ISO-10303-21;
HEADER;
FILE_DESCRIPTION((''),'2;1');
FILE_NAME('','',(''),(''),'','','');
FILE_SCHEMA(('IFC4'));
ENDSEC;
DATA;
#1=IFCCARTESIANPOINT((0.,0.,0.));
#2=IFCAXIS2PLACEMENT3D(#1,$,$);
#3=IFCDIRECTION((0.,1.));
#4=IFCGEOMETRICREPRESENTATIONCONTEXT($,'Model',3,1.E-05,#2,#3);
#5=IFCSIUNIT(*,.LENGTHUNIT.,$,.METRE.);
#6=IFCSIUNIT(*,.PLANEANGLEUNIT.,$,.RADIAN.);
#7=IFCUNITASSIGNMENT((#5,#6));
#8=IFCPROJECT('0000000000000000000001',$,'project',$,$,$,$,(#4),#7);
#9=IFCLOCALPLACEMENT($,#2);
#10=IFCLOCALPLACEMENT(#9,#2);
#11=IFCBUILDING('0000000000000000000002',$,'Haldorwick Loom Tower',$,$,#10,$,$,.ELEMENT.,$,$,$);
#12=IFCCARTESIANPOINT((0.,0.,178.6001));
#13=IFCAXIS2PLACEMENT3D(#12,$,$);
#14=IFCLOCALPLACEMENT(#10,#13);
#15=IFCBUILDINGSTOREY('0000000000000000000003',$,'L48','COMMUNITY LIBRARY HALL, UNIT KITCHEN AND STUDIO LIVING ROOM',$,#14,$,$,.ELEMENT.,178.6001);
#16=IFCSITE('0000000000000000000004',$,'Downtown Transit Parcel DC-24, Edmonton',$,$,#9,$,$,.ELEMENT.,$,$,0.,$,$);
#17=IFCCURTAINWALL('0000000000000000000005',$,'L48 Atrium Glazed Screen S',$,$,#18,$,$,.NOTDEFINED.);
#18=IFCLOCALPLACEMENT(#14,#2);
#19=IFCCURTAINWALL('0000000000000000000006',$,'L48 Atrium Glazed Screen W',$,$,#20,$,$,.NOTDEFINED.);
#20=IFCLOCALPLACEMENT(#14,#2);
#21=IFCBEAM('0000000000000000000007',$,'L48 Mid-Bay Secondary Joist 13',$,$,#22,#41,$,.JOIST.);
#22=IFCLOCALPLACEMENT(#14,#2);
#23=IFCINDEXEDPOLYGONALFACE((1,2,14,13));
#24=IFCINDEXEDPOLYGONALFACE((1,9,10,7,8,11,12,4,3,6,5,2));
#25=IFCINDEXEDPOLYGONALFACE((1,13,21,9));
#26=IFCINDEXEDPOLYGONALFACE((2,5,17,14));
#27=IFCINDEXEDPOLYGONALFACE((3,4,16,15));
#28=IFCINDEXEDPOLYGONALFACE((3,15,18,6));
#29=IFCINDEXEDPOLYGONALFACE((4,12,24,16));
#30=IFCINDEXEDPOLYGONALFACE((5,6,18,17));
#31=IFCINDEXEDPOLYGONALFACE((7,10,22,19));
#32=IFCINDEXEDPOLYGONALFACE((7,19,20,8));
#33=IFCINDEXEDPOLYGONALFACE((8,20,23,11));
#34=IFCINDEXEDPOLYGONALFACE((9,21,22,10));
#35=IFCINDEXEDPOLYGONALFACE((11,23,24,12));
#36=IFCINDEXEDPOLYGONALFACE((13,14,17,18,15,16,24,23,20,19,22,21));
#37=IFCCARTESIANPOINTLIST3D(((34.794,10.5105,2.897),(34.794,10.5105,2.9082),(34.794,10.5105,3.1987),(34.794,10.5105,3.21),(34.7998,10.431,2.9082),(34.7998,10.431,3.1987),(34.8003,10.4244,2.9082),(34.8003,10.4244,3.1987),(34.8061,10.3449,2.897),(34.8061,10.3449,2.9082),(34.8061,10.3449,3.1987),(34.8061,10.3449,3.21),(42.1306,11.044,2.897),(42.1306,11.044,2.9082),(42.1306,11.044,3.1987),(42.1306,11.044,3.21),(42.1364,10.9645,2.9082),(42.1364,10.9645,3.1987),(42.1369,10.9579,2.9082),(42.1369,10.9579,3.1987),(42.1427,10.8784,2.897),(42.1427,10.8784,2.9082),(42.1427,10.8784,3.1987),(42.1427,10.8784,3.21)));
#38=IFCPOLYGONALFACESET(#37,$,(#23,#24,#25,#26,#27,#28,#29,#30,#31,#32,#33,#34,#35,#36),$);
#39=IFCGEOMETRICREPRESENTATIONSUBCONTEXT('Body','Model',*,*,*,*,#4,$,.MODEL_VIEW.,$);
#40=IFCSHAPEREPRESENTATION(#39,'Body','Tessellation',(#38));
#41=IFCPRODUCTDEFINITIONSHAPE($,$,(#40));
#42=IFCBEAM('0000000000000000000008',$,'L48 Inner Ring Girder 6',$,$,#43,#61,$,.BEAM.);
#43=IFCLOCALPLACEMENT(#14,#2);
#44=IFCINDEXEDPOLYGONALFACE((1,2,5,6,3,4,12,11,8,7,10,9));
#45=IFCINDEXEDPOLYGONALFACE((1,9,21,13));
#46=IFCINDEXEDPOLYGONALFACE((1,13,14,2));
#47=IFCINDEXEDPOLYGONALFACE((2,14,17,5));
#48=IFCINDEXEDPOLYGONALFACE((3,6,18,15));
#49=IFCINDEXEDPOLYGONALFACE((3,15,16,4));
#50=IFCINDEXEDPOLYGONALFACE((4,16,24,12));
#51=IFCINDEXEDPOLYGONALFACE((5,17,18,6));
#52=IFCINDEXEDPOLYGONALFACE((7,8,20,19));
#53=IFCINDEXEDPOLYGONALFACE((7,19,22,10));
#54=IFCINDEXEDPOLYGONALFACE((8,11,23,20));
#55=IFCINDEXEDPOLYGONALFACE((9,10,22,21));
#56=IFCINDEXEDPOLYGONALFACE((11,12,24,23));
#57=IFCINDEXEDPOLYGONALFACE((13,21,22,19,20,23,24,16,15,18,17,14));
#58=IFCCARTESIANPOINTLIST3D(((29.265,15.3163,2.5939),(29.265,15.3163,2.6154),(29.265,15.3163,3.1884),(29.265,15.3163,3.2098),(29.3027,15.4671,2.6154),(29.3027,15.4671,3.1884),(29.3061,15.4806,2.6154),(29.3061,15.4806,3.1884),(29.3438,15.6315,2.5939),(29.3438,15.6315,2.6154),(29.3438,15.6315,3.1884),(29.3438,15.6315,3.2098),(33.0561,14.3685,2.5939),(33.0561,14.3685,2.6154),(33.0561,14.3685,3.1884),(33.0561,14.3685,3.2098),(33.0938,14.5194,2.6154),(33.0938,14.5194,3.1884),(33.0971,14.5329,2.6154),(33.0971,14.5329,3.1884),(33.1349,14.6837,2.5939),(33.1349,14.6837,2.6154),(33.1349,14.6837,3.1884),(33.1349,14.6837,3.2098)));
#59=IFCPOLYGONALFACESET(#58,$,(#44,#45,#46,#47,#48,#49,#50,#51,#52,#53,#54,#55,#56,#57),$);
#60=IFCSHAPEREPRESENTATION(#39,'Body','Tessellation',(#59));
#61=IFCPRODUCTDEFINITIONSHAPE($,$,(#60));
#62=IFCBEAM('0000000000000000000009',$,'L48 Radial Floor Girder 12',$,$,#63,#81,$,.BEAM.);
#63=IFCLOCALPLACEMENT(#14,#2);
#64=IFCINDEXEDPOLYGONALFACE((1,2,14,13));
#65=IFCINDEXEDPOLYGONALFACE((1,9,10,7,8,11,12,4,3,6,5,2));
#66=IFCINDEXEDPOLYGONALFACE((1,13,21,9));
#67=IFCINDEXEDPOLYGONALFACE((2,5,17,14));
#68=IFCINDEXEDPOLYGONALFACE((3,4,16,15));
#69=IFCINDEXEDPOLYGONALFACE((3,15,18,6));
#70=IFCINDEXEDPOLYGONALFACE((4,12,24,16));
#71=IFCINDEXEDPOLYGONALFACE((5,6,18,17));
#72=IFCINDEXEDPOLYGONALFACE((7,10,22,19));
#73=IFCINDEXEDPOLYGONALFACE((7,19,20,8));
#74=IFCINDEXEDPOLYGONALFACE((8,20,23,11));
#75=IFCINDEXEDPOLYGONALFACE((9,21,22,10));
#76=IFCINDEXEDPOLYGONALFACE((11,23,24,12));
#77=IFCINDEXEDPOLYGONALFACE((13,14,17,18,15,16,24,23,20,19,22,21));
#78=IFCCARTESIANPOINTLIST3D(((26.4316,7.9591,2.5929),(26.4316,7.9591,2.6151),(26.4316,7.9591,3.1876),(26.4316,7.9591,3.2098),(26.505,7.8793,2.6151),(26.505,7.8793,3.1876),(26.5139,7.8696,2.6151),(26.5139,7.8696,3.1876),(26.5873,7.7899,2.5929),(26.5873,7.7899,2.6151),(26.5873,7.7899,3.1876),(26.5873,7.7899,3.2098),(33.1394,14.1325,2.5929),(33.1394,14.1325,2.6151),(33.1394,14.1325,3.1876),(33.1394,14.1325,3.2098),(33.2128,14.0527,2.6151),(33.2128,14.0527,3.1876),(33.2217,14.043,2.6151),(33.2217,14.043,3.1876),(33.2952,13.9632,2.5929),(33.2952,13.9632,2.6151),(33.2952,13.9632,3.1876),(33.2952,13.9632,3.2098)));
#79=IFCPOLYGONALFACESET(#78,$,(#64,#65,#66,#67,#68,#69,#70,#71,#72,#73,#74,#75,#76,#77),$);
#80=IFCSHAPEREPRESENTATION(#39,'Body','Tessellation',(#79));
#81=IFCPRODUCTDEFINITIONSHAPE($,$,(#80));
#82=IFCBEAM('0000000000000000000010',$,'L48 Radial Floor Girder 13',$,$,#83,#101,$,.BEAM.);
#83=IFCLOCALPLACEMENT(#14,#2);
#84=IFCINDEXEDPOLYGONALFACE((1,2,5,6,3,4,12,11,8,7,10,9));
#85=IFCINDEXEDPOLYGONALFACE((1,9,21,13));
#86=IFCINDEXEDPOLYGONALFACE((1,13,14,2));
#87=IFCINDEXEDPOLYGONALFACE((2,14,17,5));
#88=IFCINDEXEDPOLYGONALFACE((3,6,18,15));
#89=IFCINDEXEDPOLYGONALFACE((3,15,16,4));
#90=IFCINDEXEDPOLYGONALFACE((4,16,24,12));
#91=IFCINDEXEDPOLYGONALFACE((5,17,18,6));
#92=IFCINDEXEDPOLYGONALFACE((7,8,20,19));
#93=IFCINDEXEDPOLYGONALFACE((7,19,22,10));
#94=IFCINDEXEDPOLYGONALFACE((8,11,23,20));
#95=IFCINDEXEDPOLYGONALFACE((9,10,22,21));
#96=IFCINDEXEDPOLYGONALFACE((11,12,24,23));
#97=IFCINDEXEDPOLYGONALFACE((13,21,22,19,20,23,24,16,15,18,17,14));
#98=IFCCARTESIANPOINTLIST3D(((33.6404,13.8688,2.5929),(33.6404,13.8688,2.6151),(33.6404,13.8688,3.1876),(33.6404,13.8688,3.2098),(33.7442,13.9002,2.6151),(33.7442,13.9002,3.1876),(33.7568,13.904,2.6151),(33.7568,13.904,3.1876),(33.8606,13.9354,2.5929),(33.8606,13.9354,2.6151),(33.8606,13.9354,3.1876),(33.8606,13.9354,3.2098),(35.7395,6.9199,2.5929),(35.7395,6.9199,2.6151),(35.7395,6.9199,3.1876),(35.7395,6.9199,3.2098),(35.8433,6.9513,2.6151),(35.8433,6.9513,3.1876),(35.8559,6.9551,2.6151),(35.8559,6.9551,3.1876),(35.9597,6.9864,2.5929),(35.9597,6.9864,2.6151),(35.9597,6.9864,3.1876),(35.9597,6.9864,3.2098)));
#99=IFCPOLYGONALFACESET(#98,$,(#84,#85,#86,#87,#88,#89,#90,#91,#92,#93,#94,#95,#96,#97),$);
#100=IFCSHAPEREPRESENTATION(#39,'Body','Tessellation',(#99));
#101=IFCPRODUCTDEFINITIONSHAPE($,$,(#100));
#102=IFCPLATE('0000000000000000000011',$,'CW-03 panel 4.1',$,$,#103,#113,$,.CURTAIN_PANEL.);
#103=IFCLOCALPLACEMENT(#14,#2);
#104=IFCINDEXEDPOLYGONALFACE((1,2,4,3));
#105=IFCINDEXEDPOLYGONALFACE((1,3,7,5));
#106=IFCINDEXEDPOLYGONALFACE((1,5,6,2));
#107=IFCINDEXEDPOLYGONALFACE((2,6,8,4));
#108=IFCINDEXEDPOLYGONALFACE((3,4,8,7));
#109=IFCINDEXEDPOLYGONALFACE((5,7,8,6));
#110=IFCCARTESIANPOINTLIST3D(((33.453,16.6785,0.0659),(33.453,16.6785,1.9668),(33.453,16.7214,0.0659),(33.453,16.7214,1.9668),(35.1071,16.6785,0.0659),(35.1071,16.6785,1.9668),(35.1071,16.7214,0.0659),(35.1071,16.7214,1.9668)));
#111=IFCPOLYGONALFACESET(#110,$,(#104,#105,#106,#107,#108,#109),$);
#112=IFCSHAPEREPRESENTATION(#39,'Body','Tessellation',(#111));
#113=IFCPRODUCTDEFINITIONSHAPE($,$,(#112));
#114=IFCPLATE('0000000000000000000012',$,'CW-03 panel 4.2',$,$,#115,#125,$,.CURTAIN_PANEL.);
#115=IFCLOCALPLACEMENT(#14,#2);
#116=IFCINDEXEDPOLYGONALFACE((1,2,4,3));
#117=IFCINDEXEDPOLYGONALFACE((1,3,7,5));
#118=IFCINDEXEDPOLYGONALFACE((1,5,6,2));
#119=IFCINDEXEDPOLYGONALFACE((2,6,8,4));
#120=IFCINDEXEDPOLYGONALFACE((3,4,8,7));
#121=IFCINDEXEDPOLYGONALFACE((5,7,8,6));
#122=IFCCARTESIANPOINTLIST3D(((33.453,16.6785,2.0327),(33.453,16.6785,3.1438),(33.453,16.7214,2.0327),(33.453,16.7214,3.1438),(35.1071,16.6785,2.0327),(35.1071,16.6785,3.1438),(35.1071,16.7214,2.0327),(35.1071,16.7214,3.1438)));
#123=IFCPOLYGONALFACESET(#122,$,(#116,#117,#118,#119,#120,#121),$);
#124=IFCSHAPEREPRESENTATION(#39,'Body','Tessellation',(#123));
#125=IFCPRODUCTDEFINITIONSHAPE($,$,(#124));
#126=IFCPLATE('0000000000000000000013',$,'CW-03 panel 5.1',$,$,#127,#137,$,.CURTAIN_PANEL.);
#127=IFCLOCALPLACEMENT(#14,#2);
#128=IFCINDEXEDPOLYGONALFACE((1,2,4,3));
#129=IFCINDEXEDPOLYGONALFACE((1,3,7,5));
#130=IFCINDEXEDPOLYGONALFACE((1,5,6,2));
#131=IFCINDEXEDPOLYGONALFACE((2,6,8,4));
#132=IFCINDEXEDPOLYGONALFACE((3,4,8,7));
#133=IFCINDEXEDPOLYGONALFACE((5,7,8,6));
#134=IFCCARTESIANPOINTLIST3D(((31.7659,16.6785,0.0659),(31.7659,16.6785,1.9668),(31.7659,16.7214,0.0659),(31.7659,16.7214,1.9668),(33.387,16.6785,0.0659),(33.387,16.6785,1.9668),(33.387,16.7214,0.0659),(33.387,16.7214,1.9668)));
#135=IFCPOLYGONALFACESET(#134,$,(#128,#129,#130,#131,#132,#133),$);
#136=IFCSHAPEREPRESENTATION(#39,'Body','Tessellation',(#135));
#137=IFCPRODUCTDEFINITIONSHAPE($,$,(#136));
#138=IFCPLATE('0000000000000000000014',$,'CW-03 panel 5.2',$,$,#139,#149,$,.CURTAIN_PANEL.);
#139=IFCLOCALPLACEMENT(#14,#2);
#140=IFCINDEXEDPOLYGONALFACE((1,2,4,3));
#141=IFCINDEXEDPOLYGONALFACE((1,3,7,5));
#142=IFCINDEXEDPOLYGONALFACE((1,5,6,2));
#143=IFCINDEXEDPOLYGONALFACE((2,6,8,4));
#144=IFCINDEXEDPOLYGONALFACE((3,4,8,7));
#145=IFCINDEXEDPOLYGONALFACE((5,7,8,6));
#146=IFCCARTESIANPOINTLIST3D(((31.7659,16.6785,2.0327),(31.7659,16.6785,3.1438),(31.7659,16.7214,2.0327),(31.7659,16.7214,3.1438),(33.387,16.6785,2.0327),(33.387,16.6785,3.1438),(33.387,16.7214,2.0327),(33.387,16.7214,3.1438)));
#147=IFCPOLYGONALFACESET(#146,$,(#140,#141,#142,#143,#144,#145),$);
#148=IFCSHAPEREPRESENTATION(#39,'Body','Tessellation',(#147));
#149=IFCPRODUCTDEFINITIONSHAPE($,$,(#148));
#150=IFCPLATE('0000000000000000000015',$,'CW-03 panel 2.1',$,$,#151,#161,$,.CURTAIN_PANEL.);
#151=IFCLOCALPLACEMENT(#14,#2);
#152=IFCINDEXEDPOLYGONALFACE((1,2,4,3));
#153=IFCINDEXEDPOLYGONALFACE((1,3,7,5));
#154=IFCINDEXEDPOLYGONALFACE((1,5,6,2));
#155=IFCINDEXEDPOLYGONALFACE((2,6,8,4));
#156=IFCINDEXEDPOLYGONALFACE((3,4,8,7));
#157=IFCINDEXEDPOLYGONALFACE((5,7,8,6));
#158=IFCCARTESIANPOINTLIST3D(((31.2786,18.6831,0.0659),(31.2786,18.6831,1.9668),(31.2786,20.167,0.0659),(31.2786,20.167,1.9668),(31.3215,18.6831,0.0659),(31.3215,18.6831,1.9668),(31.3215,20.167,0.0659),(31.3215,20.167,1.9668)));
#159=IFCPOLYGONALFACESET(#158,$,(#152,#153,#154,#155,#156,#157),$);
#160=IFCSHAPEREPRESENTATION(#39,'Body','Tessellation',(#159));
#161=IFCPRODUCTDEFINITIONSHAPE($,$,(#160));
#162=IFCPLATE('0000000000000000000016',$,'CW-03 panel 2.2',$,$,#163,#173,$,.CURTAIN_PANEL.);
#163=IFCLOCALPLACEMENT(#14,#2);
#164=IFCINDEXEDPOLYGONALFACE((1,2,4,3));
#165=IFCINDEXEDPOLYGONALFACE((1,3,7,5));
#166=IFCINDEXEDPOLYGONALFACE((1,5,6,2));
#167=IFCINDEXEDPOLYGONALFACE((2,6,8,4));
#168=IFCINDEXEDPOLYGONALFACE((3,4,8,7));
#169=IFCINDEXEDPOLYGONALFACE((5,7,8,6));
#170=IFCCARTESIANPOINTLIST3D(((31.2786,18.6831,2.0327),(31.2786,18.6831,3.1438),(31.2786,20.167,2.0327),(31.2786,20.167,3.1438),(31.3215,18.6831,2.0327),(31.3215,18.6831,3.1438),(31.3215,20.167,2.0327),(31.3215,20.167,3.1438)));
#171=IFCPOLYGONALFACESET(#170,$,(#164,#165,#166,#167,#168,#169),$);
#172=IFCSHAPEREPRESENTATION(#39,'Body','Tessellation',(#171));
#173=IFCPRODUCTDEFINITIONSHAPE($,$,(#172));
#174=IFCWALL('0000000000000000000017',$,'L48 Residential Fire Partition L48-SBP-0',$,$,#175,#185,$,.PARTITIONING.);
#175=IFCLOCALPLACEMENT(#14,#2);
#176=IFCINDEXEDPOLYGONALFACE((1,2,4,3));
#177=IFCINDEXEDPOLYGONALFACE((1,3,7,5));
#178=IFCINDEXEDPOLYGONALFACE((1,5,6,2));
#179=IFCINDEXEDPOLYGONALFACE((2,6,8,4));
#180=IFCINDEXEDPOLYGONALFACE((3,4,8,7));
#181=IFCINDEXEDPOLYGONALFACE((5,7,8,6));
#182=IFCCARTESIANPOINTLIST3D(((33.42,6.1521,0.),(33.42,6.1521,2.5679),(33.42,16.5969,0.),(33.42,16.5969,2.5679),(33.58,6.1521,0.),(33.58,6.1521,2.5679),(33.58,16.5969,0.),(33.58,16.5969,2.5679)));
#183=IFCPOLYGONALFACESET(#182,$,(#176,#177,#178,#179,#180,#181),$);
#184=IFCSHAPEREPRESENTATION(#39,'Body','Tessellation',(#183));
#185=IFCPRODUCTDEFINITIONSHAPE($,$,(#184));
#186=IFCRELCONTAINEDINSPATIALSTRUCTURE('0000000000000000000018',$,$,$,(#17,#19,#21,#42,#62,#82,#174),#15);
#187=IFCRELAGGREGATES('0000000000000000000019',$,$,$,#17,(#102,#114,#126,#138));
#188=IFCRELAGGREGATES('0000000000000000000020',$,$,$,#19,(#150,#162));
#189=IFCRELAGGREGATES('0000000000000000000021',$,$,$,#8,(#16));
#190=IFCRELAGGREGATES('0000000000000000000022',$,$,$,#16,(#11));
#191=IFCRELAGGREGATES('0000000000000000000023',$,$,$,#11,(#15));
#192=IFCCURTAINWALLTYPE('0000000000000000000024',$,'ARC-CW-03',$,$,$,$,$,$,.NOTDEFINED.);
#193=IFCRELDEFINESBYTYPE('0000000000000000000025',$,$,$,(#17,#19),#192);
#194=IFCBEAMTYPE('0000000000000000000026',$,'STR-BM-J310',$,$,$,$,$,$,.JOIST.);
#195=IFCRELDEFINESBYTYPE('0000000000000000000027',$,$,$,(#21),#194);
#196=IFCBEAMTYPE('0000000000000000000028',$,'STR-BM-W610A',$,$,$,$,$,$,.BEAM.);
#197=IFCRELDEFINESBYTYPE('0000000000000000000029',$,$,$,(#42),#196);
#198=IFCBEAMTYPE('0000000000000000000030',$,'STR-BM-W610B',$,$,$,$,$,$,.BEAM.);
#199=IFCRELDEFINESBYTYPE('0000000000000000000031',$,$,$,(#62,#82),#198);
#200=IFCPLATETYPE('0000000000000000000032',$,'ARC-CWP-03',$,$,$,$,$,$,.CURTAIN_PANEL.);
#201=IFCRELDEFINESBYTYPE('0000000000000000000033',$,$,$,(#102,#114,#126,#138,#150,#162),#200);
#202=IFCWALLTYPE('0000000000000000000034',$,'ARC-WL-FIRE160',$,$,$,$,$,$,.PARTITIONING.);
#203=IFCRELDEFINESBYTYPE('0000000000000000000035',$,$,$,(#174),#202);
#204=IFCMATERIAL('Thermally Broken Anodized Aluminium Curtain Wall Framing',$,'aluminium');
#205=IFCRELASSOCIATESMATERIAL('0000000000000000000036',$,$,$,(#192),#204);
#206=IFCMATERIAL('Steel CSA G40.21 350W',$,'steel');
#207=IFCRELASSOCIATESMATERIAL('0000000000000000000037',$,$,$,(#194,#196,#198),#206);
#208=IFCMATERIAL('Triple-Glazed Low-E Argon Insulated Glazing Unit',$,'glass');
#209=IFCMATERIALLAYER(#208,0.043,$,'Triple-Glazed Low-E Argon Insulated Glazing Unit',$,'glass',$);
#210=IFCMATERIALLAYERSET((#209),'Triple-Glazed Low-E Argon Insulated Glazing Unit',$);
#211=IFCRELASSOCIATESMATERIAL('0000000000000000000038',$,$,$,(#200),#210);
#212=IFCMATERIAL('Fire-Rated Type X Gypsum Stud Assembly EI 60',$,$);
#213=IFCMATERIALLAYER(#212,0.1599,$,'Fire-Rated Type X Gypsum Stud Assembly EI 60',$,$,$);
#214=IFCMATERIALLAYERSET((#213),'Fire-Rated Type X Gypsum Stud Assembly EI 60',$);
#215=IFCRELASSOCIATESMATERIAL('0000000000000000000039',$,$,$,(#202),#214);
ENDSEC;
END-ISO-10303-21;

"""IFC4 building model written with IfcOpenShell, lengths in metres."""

from ifc_helpers import new_model, si_unit, direction, frame, frame_2d, origin, origin_2d, place, context, subcontext, project, spatial, rectangle, i_section, extrude, material, layer, layer_set, material_profile, profile_set, type_object, element, aggregate, save


model = new_model("IFC4")

# Units and contexts
model_context = context("Model", 3, precision=1e-05, world=origin(), true_north=direction((0.0, 1.0)))
body_context = subcontext(model_context, "Body", "Model", "MODEL_VIEW")
ifc_project = project(units=[si_unit("LENGTHUNIT", "METRE"), si_unit("PLANEANGLEUNIT", "RADIAN")], contexts=[model_context])

# Site, building, storey
site_placement = place(None, origin())
site = spatial("IfcSite", under=ifc_project, at=site_placement, Name="Downtown Transit Parcel DC-24, Edmonton", CompositionType="ELEMENT", RefElevation=0.0)
building_placement = place(site_placement, origin())
building = spatial("IfcBuilding", under=site, at=building_placement, Name="Haldorwick Loom Tower", CompositionType="ELEMENT")
storey_placement = place(building_placement, frame((0.0, 0.0, 178.6001)))
storey = spatial("IfcBuildingStorey", under=building, at=storey_placement, Name="L48", Description="COMMUNITY LIBRARY HALL, UNIT KITCHEN AND STUDIO LIVING ROOM", CompositionType="ELEMENT", Elevation=178.6001)

# Curtain wall
ifc_material_1 = material(Name="Thermally Broken Anodized Aluminium Curtain Wall Framing", Category="aluminium")
curtain_wall_type = type_object("IfcCurtainWallType", Name="ARC-CW-03", PredefinedType="NOTDEFINED", material=ifc_material_1)
curtain_wall_1_placement = place(storey_placement, origin())
curtain_wall_1 = element("IfcCurtainWall", 1, at=curtain_wall_1_placement, inside=storey, type_object=curtain_wall_type, Name="L48 Atrium Glazed Screen S", PredefinedType="NOTDEFINED")

# Curtain wall
curtain_wall_2_placement = place(storey_placement, origin())
curtain_wall_2 = element("IfcCurtainWall", 2, at=curtain_wall_2_placement, inside=storey, type_object=curtain_wall_type, Name="L48 Atrium Glazed Screen W", PredefinedType="NOTDEFINED")

# Beams
ifc_material_2 = material(Name="Steel CSA G40.21 350W", Category="steel")
ifc_material_profile_1 = material_profile(ifc_material_2, i_section(OverallWidth=0.166, OverallDepth=0.313, WebThickness=0.0066, FlangeThickness=0.0112, at=origin_2d()), Name="W310X45", Category="steel")
ifc_profile_set_1 = profile_set([ifc_material_profile_1], Name="Steel CSA G40.21 350W")
beam_type_1 = type_object("IfcBeamType", Name="STR-BM-J310", PredefinedType="JOIST", material=ifc_profile_set_1)
beam_1_placement = place(storey_placement, frame((34.8, 10.4277, 3.0535), z_axis=(0.997367, 0.072518, 0.0), x_axis=(-0.072518, 0.997367, 0.0)))
element("IfcBeam", 3, at=beam_1_placement, inside=storey, type_object=beam_type_1, Name="L48 Mid-Bay Secondary Joist 13", PredefinedType="JOIST", context=body_context, shape_type="SweptSolid", body=[
    extrude(i_section(OverallWidth=0.166, OverallDepth=0.313, WebThickness=0.0066, FlangeThickness=0.0112, at=origin_2d()), origin(), (0.0, 0.0, 1.0), 7.356),
])
ifc_material_profile_2 = material_profile(ifc_material_2, i_section(OverallWidth=0.325, OverallDepth=0.616, WebThickness=0.0139, FlangeThickness=0.0215, at=origin_2d()), Name="W610X174", Category="steel")
ifc_profile_set_2 = profile_set([ifc_material_profile_2], Name="Steel CSA G40.21 350W")
beam_type_2 = type_object("IfcBeamType", Name="STR-BM-W610A", PredefinedType="BEAM", material=ifc_profile_set_2)
beam_2_placement = place(storey_placement, frame((33.0955, 14.5261, 2.9019), z_axis=(-0.970143, 0.242536, 0.0), x_axis=(-0.242536, -0.970143, 0.0)))
element("IfcBeam", 4, at=beam_2_placement, inside=storey, type_object=beam_type_2, Name="L48 Inner Ring Girder 6", PredefinedType="BEAM", context=body_context, shape_type="SweptSolid", body=[
    extrude(i_section(OverallWidth=0.325, OverallDepth=0.616, WebThickness=0.0139, FlangeThickness=0.0215, at=origin_2d()), origin(), (0.0, 0.0, 1.0), 3.9077),
])
ifc_material_profile_3 = material_profile(ifc_material_2, i_section(OverallWidth=0.23, OverallDepth=0.6169, WebThickness=0.0132, FlangeThickness=0.0222, at=origin_2d()), Name="W610X140", Category="steel")
ifc_profile_set_3 = profile_set([ifc_material_profile_3], Name="Steel CSA G40.21 350W")
beam_type_3 = type_object("IfcBeamType", Name="STR-BM-W610B", PredefinedType="BEAM", material=ifc_profile_set_3)
beam_3_placement = place(storey_placement, frame((33.2173, 14.0479, 2.9014), z_axis=(-0.735811, -0.677187, 0.0), x_axis=(0.677187, -0.735811, 0.0)))
element("IfcBeam", 5, at=beam_3_placement, inside=storey, type_object=beam_type_3, Name="L48 Radial Floor Girder 12", PredefinedType="BEAM", context=body_context, shape_type="SweptSolid", body=[
    extrude(i_section(OverallWidth=0.23, OverallDepth=0.6169, WebThickness=0.0132, FlangeThickness=0.0222, at=origin_2d()), origin(), (0.0, 0.0, 1.0), 9.1162),
])
beam_4_placement = place(storey_placement, frame((33.7505, 13.9021, 2.9014), z_axis=(0.289171, -0.957277, 0.0), x_axis=(0.957277, 0.289171, 0.0)))
element("IfcBeam", 6, at=beam_4_placement, inside=storey, type_object=beam_type_3, Name="L48 Radial Floor Girder 13", PredefinedType="BEAM", context=body_context, shape_type="SweptSolid", body=[
    extrude(i_section(OverallWidth=0.23, OverallDepth=0.6169, WebThickness=0.0132, FlangeThickness=0.0222, at=origin_2d()), origin(), (0.0, 0.0, 1.0), 7.259),
])

# Plates
ifc_material_3 = material(Name="Triple-Glazed Low-E Argon Insulated Glazing Unit", Category="glass")
ifc_layer_1 = layer(ifc_material_3, 0.043, Name="Triple-Glazed Low-E Argon Insulated Glazing Unit", Category="glass")
ifc_layer_set_1 = layer_set([ifc_layer_1], Name="Triple-Glazed Low-E Argon Insulated Glazing Unit")
plate_type = type_object("IfcPlateType", Name="ARC-CWP-03", PredefinedType="CURTAIN_PANEL", material=ifc_layer_set_1)
plate_1_placement = place(storey_placement, frame((34.28, 16.7, 0.0659), z_axis=(0.0, 0.0, 1.0), x_axis=(-1.0, 0.0, 0.0)))
plate_1 = element("IfcPlate", 7, at=plate_1_placement, type_object=plate_type, Name="CW-03 panel 4.1", PredefinedType="CURTAIN_PANEL", context=body_context, shape_type="SweptSolid", body=[
    extrude(rectangle(XDim=1.6541, YDim=0.043, at=origin_2d()), origin(), (0.0, 0.0, 1.0), 1.9009),
])
plate_2_placement = place(storey_placement, frame((34.28, 16.7, 2.0327), z_axis=(0.0, 0.0, 1.0), x_axis=(-1.0, 0.0, 0.0)))
plate_2 = element("IfcPlate", 8, at=plate_2_placement, type_object=plate_type, Name="CW-03 panel 4.2", PredefinedType="CURTAIN_PANEL", context=body_context, shape_type="SweptSolid", body=[
    extrude(rectangle(XDim=1.6541, YDim=0.043, at=origin_2d()), origin(), (0.0, 0.0, 1.0), 1.1111),
])
plate_3_placement = place(storey_placement, frame((32.5764, 16.7, 0.0659), z_axis=(0.0, 0.0, 1.0), x_axis=(-1.0, 0.0, 0.0)))
plate_3 = element("IfcPlate", 9, at=plate_3_placement, type_object=plate_type, Name="CW-03 panel 5.1", PredefinedType="CURTAIN_PANEL", context=body_context, shape_type="SweptSolid", body=[
    extrude(rectangle(XDim=1.6211, YDim=0.043, at=origin_2d()), origin(), (0.0, 0.0, 1.0), 1.9009),
])
plate_4_placement = place(storey_placement, frame((32.5764, 16.7, 2.0327), z_axis=(0.0, 0.0, 1.0), x_axis=(-1.0, 0.0, 0.0)))
plate_4 = element("IfcPlate", 10, at=plate_4_placement, type_object=plate_type, Name="CW-03 panel 5.2", PredefinedType="CURTAIN_PANEL", context=body_context, shape_type="SweptSolid", body=[
    extrude(rectangle(XDim=1.6211, YDim=0.043, at=origin_2d()), origin(), (0.0, 0.0, 1.0), 1.1111),
])
aggregate(curtain_wall_1, [plate_1, plate_2, plate_3, plate_4])
plate_5_placement = place(storey_placement, frame((31.3, 19.425, 0.0659), z_axis=(0.0, 0.0, 1.0), x_axis=(0.0, 1.0, 0.0)))
plate_5 = element("IfcPlate", 11, at=plate_5_placement, type_object=plate_type, Name="CW-03 panel 2.1", PredefinedType="CURTAIN_PANEL", context=body_context, shape_type="SweptSolid", body=[
    extrude(rectangle(XDim=1.4839, YDim=0.043, at=origin_2d()), origin(), (0.0, 0.0, 1.0), 1.9009),
])
plate_6_placement = place(storey_placement, frame((31.3, 19.425, 2.0327), z_axis=(0.0, 0.0, 1.0), x_axis=(0.0, 1.0, 0.0)))
plate_6 = element("IfcPlate", 12, at=plate_6_placement, type_object=plate_type, Name="CW-03 panel 2.2", PredefinedType="CURTAIN_PANEL", context=body_context, shape_type="SweptSolid", body=[
    extrude(rectangle(XDim=1.4839, YDim=0.043, at=origin_2d()), origin(), (0.0, 0.0, 1.0), 1.1111),
])
aggregate(curtain_wall_2, [plate_5, plate_6])

# Wall
ifc_material_4 = material(Name="Fire-Rated Type X Gypsum Stud Assembly EI 60")
ifc_layer_2 = layer(ifc_material_4, 0.1599, Name="Fire-Rated Type X Gypsum Stud Assembly EI 60")
ifc_layer_set_2 = layer_set([ifc_layer_2], Name="Fire-Rated Type X Gypsum Stud Assembly EI 60")
wall_type = type_object("IfcWallType", Name="ARC-WL-FIRE160", PredefinedType="PARTITIONING", material=ifc_layer_set_2)
wall_1_placement = place(storey_placement, frame((33.5, 6.1521, 0.0), z_axis=(0.0, 0.0, 1.0), x_axis=(0.0, 1.0, 0.0)))
element("IfcWall", 13, at=wall_1_placement, inside=storey, type_object=wall_type, Name="L48 Residential Fire Partition L48-SBP-0", PredefinedType="PARTITIONING", context=body_context, shape_type="SweptSolid", body=[
    extrude(rectangle(XDim=10.4448, YDim=0.1599, at=frame_2d((5.2224, 0.0))), origin(), (0.0, 0.0, 1.0), 2.5679),
])

save(model, "model.ifc")
